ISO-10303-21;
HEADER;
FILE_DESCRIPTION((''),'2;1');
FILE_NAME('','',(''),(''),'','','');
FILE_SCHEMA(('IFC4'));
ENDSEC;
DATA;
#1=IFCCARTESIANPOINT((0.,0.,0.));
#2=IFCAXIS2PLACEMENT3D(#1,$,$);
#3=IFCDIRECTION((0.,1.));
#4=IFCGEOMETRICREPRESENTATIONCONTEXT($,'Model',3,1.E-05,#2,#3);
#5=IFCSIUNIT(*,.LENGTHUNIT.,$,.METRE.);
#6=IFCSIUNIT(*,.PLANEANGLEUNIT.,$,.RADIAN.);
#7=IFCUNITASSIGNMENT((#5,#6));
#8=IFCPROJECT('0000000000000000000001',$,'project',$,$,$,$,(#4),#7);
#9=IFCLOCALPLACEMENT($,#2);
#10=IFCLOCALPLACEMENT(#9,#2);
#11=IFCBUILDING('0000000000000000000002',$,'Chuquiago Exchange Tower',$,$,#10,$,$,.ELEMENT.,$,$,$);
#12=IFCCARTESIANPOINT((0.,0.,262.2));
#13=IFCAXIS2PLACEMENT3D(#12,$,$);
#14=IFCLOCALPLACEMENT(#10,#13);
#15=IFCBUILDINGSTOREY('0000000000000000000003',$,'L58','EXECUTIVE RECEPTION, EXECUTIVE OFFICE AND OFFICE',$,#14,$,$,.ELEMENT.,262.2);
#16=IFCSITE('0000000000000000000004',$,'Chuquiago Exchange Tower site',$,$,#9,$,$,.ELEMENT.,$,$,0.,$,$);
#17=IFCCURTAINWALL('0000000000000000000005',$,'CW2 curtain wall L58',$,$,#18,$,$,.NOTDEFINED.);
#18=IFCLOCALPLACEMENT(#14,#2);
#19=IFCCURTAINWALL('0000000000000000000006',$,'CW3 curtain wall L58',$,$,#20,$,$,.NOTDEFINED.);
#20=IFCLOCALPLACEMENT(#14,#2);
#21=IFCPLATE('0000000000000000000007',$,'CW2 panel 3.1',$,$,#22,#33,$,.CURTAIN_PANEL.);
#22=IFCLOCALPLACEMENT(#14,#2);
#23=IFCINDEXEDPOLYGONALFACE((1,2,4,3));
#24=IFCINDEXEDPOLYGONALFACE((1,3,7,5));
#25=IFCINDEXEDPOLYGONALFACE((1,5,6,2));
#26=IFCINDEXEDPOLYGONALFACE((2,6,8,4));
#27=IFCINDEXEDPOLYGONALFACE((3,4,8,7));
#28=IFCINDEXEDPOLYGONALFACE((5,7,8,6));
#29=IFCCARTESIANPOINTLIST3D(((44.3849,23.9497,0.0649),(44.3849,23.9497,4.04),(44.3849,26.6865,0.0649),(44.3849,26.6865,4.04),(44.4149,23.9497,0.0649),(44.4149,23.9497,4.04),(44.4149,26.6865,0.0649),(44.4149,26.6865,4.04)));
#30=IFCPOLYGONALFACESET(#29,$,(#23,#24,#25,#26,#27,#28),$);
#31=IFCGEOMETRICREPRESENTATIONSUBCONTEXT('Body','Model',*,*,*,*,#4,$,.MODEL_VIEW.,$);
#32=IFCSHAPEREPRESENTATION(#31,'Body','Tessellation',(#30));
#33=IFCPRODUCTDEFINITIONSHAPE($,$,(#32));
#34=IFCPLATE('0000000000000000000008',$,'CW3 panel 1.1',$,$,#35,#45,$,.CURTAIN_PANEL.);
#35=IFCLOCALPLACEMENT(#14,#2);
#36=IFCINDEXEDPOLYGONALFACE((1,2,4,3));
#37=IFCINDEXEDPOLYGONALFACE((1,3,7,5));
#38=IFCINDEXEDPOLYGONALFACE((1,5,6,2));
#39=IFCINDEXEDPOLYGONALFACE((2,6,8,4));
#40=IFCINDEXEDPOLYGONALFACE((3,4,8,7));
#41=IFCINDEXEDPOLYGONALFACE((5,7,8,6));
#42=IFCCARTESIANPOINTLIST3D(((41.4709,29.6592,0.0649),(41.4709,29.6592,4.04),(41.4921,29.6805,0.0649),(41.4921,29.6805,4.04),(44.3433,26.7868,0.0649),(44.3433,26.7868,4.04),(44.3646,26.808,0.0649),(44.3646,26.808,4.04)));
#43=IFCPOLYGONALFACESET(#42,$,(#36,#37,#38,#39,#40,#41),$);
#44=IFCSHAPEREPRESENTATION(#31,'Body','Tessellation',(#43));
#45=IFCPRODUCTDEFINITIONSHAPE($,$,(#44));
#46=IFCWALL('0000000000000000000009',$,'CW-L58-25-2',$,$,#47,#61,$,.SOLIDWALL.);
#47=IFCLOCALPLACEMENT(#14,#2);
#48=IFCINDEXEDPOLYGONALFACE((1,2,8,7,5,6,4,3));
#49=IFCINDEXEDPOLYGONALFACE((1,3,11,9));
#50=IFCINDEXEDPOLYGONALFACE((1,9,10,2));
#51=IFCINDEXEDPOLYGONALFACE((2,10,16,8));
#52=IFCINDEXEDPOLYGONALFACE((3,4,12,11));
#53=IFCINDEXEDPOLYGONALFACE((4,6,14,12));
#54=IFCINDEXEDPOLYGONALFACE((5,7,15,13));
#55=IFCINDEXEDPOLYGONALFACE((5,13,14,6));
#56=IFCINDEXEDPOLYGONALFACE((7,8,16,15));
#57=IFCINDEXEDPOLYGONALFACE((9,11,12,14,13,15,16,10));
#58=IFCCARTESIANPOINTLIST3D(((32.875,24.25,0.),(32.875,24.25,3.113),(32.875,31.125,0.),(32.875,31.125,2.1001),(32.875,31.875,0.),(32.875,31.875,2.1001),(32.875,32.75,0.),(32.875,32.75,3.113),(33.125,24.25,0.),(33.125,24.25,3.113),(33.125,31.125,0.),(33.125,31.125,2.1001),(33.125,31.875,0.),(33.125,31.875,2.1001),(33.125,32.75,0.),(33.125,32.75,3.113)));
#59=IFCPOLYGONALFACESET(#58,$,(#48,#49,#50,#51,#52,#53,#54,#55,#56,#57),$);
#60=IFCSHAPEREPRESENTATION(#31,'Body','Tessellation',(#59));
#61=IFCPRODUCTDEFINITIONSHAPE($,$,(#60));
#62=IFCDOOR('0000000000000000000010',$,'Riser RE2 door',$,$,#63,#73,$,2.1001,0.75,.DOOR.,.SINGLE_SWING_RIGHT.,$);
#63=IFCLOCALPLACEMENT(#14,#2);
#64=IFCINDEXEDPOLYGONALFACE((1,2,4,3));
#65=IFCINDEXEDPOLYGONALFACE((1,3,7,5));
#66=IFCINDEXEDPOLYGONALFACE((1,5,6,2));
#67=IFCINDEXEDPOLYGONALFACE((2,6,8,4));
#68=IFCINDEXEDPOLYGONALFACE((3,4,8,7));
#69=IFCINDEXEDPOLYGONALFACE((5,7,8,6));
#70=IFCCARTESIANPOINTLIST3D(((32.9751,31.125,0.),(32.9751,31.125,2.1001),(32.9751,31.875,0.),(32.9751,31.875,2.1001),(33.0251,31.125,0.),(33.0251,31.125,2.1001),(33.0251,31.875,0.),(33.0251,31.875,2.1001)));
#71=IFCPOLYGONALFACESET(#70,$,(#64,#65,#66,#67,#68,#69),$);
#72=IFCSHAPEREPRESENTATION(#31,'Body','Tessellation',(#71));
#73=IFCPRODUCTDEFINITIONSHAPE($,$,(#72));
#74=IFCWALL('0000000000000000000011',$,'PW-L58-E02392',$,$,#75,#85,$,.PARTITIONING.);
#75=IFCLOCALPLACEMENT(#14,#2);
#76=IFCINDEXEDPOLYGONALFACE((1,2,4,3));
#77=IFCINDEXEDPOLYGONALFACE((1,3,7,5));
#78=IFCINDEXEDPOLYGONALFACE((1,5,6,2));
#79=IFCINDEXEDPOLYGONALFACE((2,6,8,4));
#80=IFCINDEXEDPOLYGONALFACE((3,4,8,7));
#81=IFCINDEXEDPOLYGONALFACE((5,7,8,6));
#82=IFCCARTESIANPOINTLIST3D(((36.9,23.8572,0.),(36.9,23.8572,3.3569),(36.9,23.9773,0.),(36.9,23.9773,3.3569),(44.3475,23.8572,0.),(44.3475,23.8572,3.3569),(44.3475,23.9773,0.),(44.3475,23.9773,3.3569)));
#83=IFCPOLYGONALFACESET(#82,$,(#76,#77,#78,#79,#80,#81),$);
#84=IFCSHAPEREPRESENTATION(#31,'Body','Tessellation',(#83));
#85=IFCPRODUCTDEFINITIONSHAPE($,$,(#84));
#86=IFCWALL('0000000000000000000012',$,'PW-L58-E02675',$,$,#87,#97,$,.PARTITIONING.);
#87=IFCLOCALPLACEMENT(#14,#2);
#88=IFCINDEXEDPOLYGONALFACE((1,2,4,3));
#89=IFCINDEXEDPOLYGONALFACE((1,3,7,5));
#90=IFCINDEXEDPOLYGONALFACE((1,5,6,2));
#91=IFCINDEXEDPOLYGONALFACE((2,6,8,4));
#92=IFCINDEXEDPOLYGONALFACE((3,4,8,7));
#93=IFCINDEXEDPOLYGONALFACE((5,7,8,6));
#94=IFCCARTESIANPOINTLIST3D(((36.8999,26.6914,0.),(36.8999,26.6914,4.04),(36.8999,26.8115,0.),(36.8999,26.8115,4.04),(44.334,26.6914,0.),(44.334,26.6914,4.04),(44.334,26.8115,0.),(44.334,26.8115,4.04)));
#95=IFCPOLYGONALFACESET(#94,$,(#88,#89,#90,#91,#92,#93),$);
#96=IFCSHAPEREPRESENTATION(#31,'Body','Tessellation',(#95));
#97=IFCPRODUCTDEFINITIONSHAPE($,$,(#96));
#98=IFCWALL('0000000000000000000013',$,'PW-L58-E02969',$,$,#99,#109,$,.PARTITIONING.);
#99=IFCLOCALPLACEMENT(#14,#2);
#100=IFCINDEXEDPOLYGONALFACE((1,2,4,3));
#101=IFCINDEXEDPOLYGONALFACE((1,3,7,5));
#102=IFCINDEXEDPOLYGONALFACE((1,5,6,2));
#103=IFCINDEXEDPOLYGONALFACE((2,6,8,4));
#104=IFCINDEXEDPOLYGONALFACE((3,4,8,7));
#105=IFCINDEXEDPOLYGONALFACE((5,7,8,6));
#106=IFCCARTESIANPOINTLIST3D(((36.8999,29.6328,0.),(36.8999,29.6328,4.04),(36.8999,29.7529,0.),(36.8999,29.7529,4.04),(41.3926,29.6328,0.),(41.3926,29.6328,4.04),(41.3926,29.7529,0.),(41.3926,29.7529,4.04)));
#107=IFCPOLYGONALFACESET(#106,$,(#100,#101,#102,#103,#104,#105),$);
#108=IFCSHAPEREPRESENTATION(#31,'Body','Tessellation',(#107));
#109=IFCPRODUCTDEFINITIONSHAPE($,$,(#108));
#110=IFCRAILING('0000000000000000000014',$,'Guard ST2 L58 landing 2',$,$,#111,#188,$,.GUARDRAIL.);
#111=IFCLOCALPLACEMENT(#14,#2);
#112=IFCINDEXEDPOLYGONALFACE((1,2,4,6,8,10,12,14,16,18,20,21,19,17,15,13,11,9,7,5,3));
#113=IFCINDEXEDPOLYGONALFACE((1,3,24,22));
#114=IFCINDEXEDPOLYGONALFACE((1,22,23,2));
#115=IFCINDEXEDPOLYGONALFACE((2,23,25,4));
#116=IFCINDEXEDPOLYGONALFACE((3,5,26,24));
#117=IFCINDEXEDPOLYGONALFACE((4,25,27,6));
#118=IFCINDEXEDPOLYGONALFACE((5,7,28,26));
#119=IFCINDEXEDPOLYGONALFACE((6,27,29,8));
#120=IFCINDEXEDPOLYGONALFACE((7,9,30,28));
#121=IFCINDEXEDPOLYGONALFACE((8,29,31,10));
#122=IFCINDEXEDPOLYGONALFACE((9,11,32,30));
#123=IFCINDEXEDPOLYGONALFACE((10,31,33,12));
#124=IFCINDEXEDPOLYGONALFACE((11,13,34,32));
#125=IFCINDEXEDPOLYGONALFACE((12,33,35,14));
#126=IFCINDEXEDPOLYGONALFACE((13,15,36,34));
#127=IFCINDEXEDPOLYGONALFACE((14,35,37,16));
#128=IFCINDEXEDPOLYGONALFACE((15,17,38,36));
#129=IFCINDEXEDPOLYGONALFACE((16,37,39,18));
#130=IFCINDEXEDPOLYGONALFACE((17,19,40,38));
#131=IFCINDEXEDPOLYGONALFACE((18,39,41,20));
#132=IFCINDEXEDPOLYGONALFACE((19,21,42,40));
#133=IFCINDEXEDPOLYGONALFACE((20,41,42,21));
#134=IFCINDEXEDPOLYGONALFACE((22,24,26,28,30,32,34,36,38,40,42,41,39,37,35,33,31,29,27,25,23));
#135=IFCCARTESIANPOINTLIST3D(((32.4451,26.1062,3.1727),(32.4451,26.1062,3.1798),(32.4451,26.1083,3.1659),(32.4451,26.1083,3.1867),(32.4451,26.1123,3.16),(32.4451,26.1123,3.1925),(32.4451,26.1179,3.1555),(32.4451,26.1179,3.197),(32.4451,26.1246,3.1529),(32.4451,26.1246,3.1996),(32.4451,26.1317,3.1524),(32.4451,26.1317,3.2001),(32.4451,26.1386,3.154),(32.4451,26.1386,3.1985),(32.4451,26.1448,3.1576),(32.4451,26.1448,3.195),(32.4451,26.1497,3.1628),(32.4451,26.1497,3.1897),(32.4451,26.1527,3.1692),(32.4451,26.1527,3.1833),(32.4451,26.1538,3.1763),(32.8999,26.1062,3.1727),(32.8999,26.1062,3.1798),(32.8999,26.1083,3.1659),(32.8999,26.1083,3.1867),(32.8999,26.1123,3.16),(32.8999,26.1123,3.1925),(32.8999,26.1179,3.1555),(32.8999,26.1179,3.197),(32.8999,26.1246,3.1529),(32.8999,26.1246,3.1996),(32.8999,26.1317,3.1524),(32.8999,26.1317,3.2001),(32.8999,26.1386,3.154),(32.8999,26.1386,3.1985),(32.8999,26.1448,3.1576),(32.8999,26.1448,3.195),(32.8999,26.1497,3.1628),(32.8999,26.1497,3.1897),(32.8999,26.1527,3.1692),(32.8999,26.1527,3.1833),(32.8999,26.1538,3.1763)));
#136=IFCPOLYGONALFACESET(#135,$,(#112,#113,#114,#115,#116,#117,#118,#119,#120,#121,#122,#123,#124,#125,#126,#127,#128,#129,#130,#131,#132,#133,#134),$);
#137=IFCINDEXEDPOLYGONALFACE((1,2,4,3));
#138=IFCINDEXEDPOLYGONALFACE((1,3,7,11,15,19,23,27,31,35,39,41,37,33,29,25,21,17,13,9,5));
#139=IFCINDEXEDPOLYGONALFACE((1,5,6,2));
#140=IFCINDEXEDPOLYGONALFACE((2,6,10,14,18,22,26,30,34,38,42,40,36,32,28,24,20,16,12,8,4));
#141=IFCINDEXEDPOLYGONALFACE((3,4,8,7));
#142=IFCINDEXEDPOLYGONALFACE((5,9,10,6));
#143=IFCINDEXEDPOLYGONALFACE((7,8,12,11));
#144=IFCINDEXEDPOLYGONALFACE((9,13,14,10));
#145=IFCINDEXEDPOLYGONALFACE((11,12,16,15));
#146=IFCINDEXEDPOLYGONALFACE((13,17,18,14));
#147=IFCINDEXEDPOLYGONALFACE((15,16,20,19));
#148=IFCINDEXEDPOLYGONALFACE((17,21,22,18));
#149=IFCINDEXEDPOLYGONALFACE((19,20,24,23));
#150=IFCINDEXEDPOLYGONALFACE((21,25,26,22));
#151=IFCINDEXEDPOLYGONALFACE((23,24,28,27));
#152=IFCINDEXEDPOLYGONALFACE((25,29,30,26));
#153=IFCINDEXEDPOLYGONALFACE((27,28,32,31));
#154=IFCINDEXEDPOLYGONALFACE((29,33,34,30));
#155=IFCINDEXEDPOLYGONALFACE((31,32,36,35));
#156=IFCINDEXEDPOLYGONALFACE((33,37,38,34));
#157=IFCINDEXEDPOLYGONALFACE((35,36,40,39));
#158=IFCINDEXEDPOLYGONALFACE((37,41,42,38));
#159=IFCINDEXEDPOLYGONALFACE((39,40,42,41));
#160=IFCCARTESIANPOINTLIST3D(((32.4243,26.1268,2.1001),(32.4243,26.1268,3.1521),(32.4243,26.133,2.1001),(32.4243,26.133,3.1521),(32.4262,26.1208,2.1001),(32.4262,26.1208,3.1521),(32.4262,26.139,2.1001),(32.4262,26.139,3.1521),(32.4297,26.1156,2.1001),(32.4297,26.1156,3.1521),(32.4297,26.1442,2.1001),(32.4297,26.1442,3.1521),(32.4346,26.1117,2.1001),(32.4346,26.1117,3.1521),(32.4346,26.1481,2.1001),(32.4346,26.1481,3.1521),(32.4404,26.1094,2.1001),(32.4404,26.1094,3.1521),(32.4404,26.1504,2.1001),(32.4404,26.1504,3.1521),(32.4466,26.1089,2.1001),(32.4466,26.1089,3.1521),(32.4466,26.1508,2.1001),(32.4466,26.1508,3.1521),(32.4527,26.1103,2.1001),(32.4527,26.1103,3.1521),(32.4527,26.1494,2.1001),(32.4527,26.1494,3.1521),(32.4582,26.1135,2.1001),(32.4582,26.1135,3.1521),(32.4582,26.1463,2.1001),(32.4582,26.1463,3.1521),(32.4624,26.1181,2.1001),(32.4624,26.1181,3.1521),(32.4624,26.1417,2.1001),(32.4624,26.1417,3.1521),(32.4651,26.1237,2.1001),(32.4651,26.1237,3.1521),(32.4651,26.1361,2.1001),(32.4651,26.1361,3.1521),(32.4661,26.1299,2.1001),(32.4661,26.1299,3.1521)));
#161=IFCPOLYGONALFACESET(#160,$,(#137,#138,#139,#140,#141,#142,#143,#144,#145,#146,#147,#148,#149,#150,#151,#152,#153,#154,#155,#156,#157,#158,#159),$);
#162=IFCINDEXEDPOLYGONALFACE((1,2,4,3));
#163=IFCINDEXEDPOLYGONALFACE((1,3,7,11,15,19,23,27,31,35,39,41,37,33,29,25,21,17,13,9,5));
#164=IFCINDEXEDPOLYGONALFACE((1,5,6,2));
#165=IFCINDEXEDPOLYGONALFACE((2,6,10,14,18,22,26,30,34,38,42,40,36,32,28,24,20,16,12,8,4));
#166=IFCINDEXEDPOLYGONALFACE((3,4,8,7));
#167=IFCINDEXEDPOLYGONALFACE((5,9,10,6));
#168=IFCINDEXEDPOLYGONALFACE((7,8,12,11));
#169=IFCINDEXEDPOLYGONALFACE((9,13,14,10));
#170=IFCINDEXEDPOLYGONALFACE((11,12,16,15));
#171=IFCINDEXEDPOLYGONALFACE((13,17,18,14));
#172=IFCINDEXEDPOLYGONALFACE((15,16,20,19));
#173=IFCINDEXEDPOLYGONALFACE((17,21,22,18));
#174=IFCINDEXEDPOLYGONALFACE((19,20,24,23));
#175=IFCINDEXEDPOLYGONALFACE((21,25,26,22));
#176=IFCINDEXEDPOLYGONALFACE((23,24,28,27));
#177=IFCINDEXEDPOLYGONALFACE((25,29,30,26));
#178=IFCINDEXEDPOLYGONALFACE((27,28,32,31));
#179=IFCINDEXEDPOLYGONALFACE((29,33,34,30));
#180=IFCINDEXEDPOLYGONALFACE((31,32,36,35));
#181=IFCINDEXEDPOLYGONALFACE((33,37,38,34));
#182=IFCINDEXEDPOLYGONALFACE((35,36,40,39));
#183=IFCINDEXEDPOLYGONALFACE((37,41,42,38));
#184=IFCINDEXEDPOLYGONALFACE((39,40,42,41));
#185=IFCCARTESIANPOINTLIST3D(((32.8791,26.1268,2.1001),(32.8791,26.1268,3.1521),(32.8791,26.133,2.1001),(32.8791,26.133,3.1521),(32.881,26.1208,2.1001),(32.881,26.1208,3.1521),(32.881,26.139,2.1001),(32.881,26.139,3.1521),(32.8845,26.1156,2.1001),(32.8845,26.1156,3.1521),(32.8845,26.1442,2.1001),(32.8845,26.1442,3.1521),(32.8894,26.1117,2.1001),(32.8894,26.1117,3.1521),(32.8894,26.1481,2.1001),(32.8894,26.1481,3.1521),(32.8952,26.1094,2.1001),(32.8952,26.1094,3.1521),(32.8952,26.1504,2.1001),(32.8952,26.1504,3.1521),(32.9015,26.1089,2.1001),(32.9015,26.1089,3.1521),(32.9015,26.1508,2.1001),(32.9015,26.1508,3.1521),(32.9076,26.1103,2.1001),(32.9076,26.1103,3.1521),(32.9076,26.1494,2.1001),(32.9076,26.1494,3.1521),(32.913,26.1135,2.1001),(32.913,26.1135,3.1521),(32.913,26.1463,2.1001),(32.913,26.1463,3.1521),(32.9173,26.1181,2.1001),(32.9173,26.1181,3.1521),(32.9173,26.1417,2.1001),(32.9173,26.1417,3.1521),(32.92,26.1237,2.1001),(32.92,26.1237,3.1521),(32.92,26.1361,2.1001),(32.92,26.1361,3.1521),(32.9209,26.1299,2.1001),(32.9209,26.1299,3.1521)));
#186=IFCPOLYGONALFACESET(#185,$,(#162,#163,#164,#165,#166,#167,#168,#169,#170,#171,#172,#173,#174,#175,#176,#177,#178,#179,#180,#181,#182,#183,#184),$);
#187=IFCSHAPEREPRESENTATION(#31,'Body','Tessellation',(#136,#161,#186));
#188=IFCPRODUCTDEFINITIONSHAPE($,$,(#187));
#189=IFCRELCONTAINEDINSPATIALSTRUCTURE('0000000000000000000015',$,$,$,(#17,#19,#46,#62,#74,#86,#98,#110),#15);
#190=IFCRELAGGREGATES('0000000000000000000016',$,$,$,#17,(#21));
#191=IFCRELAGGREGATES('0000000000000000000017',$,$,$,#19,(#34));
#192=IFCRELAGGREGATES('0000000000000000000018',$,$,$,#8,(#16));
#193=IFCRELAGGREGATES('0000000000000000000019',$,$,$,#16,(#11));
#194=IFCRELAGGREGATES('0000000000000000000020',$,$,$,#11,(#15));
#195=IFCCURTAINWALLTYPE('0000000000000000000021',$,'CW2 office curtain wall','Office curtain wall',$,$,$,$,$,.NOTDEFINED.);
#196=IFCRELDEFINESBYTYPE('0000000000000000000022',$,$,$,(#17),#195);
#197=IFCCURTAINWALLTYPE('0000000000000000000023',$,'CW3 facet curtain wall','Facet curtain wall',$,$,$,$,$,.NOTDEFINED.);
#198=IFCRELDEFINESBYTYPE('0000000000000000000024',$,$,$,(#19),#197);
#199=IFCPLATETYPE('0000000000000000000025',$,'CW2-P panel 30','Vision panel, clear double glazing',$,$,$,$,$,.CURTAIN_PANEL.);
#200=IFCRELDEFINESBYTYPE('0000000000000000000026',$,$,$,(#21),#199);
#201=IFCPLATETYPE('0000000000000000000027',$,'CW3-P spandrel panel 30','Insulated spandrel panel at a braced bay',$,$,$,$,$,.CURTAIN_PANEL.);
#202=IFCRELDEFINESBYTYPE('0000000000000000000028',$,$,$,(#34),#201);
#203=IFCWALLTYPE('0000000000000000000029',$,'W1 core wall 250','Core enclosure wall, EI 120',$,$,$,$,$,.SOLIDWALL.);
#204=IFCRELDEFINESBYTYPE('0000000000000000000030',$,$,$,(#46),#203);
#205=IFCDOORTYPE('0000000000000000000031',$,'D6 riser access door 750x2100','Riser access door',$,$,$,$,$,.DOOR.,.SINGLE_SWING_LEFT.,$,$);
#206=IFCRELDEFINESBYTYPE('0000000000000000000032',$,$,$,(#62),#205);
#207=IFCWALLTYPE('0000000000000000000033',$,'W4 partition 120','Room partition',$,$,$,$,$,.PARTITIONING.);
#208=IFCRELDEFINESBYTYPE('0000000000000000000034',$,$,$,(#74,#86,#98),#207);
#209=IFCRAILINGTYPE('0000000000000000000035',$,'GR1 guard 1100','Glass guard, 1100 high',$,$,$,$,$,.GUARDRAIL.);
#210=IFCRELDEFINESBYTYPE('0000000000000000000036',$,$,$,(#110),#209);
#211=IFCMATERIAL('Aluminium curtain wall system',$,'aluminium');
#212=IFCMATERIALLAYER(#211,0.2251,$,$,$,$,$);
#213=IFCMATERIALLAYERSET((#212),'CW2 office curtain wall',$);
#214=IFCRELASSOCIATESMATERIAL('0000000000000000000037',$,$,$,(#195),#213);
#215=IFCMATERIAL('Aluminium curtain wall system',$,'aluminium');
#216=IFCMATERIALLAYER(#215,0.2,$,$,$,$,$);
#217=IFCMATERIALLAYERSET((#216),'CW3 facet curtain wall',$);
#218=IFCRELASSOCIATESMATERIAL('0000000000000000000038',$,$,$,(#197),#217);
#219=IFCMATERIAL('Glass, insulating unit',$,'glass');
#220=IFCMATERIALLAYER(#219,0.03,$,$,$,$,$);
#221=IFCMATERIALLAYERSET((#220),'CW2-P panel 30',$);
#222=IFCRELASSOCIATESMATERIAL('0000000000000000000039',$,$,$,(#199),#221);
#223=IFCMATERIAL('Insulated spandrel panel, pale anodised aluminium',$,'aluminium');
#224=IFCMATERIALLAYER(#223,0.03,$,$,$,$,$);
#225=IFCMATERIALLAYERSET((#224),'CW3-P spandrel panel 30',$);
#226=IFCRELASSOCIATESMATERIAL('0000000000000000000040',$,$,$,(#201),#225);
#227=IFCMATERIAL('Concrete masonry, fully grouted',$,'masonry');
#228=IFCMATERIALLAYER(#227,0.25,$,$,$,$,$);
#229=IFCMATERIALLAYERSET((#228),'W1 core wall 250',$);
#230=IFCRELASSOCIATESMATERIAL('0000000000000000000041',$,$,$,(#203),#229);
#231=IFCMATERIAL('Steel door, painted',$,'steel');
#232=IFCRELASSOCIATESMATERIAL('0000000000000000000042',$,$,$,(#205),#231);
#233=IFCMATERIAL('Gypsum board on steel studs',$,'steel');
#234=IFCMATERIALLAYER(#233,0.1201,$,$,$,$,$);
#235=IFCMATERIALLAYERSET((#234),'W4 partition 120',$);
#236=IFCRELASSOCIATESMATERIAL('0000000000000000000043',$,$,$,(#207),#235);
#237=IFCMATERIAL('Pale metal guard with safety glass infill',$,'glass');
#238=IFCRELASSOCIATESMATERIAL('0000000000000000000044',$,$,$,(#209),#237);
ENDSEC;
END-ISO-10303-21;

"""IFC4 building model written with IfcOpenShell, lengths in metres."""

from ifc_helpers import new_model, si_unit, direction, frame, frame_2d, origin, origin_2d, place, context, subcontext, project, spatial, rectangle, circle, extrude, material, layer, layer_set, type_object, element, fill, aggregate, save


model = new_model("IFC4")

# Units and contexts
model_context = context("Model", 3, precision=1e-05, world=origin(), true_north=direction((0.0, 1.0)))
body_context = subcontext(model_context, "Body", "Model", "MODEL_VIEW")
ifc_project = project(units=[si_unit("LENGTHUNIT", "METRE"), si_unit("PLANEANGLEUNIT", "RADIAN")], contexts=[model_context])

# Site, building, storey
site_placement = place(None, origin())
site = spatial("IfcSite", under=ifc_project, at=site_placement, Name="Chuquiago Exchange Tower site", CompositionType="ELEMENT", RefElevation=0.0)
building_placement = place(site_placement, origin())
building = spatial("IfcBuilding", under=site, at=building_placement, Name="Chuquiago Exchange Tower", CompositionType="ELEMENT")
storey_placement = place(building_placement, frame((0.0, 0.0, 262.2)))
storey = spatial("IfcBuildingStorey", under=building, at=storey_placement, Name="L58", Description="EXECUTIVE RECEPTION, EXECUTIVE OFFICE AND OFFICE", CompositionType="ELEMENT", Elevation=262.2)

# Curtain walls
ifc_material_1 = material(Name="Aluminium curtain wall system", Category="aluminium")
ifc_layer_1 = layer(ifc_material_1, 0.2251)
ifc_layer_set_1 = layer_set([ifc_layer_1], Name="CW2 office curtain wall")
curtain_wall_type_1 = type_object("IfcCurtainWallType", Name="CW2 office curtain wall", Description="Office curtain wall", PredefinedType="NOTDEFINED", material=ifc_layer_set_1)
curtain_wall_1_placement = place(storey_placement, origin())
curtain_wall_1 = element("IfcCurtainWall", 1, at=curtain_wall_1_placement, inside=storey, type_object=curtain_wall_type_1, Name="CW2 curtain wall L58", PredefinedType="NOTDEFINED")
ifc_material_2 = material(Name="Aluminium curtain wall system", Category="aluminium")
ifc_layer_2 = layer(ifc_material_2, 0.2)
ifc_layer_set_2 = layer_set([ifc_layer_2], Name="CW3 facet curtain wall")
curtain_wall_type_2 = type_object("IfcCurtainWallType", Name="CW3 facet curtain wall", Description="Facet curtain wall", PredefinedType="NOTDEFINED", material=ifc_layer_set_2)
curtain_wall_2_placement = place(storey_placement, origin())
curtain_wall_2 = element("IfcCurtainWall", 2, at=curtain_wall_2_placement, inside=storey, type_object=curtain_wall_type_2, Name="CW3 curtain wall L58", PredefinedType="NOTDEFINED")

# Plates
ifc_material_3 = material(Name="Glass, insulating unit", Category="glass")
ifc_layer_3 = layer(ifc_material_3, 0.03)
ifc_layer_set_3 = layer_set([ifc_layer_3], Name="CW2-P panel 30")
plate_type_1 = type_object("IfcPlateType", Name="CW2-P panel 30", Description="Vision panel, clear double glazing", PredefinedType="CURTAIN_PANEL", material=ifc_layer_set_3)
plate_1_placement = place(storey_placement, frame((44.3999, 25.3181, 0.0649), z_axis=(0.0, 0.0, 1.0), x_axis=(0.0, 1.0, 0.0)))
plate_1 = element("IfcPlate", 3, at=plate_1_placement, type_object=plate_type_1, Name="CW2 panel 3.1", PredefinedType="CURTAIN_PANEL", context=body_context, shape_type="SweptSolid", body=[
    extrude(rectangle(XDim=2.7368, YDim=0.03, at=origin_2d()), origin(), (0.0, 0.0, 1.0), 3.9751),
])
aggregate(curtain_wall_1, [plate_1])
ifc_material_4 = material(Name="Insulated spandrel panel, pale anodised aluminium", Category="aluminium")
ifc_layer_4 = layer(ifc_material_4, 0.03)
ifc_layer_set_4 = layer_set([ifc_layer_4], Name="CW3-P spandrel panel 30")
plate_type_2 = type_object("IfcPlateType", Name="CW3-P spandrel panel 30", Description="Insulated spandrel panel at a braced bay", PredefinedType="CURTAIN_PANEL", material=ifc_layer_set_4)
plate_2_placement = place(storey_placement, frame((42.9177, 28.2336, 0.0649), z_axis=(0.0, 0.0, 1.0), x_axis=(-0.707107, 0.707107, 0.0)))
plate_2 = element("IfcPlate", 4, at=plate_2_placement, type_object=plate_type_2, Name="CW3 panel 1.1", PredefinedType="CURTAIN_PANEL", context=body_context, shape_type="SweptSolid", body=[
    extrude(rectangle(XDim=4.0623, YDim=0.03, at=origin_2d()), origin(), (0.0, 0.0, 1.0), 3.9751),
])
aggregate(curtain_wall_2, [plate_2])

# Wall, opening, door
ifc_material_5 = material(Name="Concrete masonry, fully grouted", Category="masonry")
ifc_layer_5 = layer(ifc_material_5, 0.25)
ifc_layer_set_5 = layer_set([ifc_layer_5], Name="W1 core wall 250")
wall_type_1 = type_object("IfcWallType", Name="W1 core wall 250", Description="Core enclosure wall, EI 120", PredefinedType="SOLIDWALL", material=ifc_layer_set_5)
wall_1_placement = place(storey_placement, frame((33.0, 24.25, 0.0), z_axis=(0.0, 0.0, 1.0), x_axis=(0.0, 1.0, 0.0)))
wall_1 = element("IfcWall", 5, at=wall_1_placement, inside=storey, type_object=wall_type_1, Name="CW-L58-25-2", PredefinedType="SOLIDWALL", context=body_context, shape_type="SweptSolid", body=[
    extrude(rectangle(XDim=8.5, YDim=0.25, at=frame_2d((4.25, 0.0))), origin(), (0.0, 0.0, 1.0), 3.113),
])
opening_1_placement = place(wall_1_placement, frame((6.875, 0.0, 0.0)))
opening_1 = element("IfcOpeningElement", 6, at=opening_1_placement, cuts=wall_1, PredefinedType="OPENING", context=body_context, shape_type="SweptSolid", body=[
    extrude(rectangle(XDim=0.75, YDim=2.1001, at=frame_2d((0.375, 1.05))), frame((0.0, 0.135, 0.0), z_axis=(0.0, -1.0, 0.0), x_axis=(1.0, 0.0, 0.0)), (0.0, 0.0, 1.0), 0.27),
])
ifc_material_6 = material(Name="Steel door, painted", Category="steel")
door_type_1 = type_object("IfcDoorType", Name="D6 riser access door 750x2100", Description="Riser access door", OperationType="SINGLE_SWING_LEFT", PredefinedType="DOOR", material=ifc_material_6)
door_1_placement = place(opening_1_placement, origin())
door_1 = element("IfcDoor", 7, at=door_1_placement, inside=storey, type_object=door_type_1, Name="Riser RE2 door", OperationType="SINGLE_SWING_RIGHT", OverallHeight=2.1001, OverallWidth=0.75, PredefinedType="DOOR", context=body_context, shape_type="SweptSolid", body=[
    extrude(rectangle(XDim=0.75, YDim=2.1001, at=frame_2d((0.375, 1.05))), frame((0.0, 0.0249, 0.0), z_axis=(0.0, -1.0, 0.0), x_axis=(1.0, 0.0, 0.0)), (0.0, 0.0, 1.0), 0.05),
])
fill(opening_1, door_1)

# Walls
ifc_material_7 = material(Name="Gypsum board on steel studs", Category="steel")
ifc_layer_6 = layer(ifc_material_7, 0.1201)
ifc_layer_set_6 = layer_set([ifc_layer_6], Name="W4 partition 120")
wall_type_2 = type_object("IfcWallType", Name="W4 partition 120", Description="Room partition", PredefinedType="PARTITIONING", material=ifc_layer_set_6)
wall_2_placement = place(storey_placement, frame((44.3474, 23.9172, 0.0), z_axis=(0.0, 0.0, 1.0), x_axis=(-1.0, 0.0, 0.0)))
element("IfcWall", 8, at=wall_2_placement, inside=storey, type_object=wall_type_2, Name="PW-L58-E02392", PredefinedType="PARTITIONING", context=body_context, shape_type="SweptSolid", body=[
    extrude(rectangle(XDim=7.4475, YDim=0.1201, at=frame_2d((3.7236, 0.0))), origin(), (0.0, 0.0, 1.0), 3.3569),
])
wall_3_placement = place(storey_placement, frame((44.334, 26.7515, 0.0), z_axis=(0.0, 0.0, 1.0), x_axis=(-1.0, 0.0, 0.0)))
element("IfcWall", 9, at=wall_3_placement, inside=storey, type_object=wall_type_2, Name="PW-L58-E02675", PredefinedType="PARTITIONING", context=body_context, shape_type="SweptSolid", body=[
    extrude(rectangle(XDim=7.4341, YDim=0.1201, at=frame_2d((3.717, 0.0))), origin(), (0.0, 0.0, 1.0), 4.04),
])
wall_4_placement = place(storey_placement, frame((41.3926, 29.6929, 0.0), z_axis=(0.0, 0.0, 1.0), x_axis=(-1.0, 0.0, 0.0)))
element("IfcWall", 10, at=wall_4_placement, inside=storey, type_object=wall_type_2, Name="PW-L58-E02969", PredefinedType="PARTITIONING", context=body_context, shape_type="SweptSolid", body=[
    extrude(rectangle(XDim=4.4927, YDim=0.1201, at=frame_2d((2.2463, 0.0))), origin(), (0.0, 0.0, 1.0), 4.04),
])

# Railing
ifc_material_8 = material(Name="Pale metal guard with safety glass infill", Category="glass")
railing_type_1 = type_object("IfcRailingType", Name="GR1 guard 1100", Description="Glass guard, 1100 high", PredefinedType="GUARDRAIL", material=ifc_material_8)
railing_1_placement = place(storey_placement, frame((32.4451, 26.1299, 2.1001)))
element("IfcRailing", 11, at=railing_1_placement, inside=storey, type_object=railing_type_1, Name="Guard ST2 L58 landing 2", PredefinedType="GUARDRAIL", context=body_context, shape_type="SweptSolid", body=[
    extrude(circle(Radius=0.0239, at=origin_2d()), frame((0.0, 0.0, 1.0762), z_axis=(1.0, 0.0, 0.0), x_axis=(0.0, 1.0, 0.0)), (0.0, 0.0, 1.0), 0.4548),
    extrude(circle(Radius=0.021, at=origin_2d()), origin(), (0.0, 0.0, 1.0), 1.052),
    extrude(circle(Radius=0.021, at=origin_2d()), frame((0.4548, 0.0, 0.0)), (0.0, 0.0, 1.0), 1.052),
])

save(model, "model.ifc")
